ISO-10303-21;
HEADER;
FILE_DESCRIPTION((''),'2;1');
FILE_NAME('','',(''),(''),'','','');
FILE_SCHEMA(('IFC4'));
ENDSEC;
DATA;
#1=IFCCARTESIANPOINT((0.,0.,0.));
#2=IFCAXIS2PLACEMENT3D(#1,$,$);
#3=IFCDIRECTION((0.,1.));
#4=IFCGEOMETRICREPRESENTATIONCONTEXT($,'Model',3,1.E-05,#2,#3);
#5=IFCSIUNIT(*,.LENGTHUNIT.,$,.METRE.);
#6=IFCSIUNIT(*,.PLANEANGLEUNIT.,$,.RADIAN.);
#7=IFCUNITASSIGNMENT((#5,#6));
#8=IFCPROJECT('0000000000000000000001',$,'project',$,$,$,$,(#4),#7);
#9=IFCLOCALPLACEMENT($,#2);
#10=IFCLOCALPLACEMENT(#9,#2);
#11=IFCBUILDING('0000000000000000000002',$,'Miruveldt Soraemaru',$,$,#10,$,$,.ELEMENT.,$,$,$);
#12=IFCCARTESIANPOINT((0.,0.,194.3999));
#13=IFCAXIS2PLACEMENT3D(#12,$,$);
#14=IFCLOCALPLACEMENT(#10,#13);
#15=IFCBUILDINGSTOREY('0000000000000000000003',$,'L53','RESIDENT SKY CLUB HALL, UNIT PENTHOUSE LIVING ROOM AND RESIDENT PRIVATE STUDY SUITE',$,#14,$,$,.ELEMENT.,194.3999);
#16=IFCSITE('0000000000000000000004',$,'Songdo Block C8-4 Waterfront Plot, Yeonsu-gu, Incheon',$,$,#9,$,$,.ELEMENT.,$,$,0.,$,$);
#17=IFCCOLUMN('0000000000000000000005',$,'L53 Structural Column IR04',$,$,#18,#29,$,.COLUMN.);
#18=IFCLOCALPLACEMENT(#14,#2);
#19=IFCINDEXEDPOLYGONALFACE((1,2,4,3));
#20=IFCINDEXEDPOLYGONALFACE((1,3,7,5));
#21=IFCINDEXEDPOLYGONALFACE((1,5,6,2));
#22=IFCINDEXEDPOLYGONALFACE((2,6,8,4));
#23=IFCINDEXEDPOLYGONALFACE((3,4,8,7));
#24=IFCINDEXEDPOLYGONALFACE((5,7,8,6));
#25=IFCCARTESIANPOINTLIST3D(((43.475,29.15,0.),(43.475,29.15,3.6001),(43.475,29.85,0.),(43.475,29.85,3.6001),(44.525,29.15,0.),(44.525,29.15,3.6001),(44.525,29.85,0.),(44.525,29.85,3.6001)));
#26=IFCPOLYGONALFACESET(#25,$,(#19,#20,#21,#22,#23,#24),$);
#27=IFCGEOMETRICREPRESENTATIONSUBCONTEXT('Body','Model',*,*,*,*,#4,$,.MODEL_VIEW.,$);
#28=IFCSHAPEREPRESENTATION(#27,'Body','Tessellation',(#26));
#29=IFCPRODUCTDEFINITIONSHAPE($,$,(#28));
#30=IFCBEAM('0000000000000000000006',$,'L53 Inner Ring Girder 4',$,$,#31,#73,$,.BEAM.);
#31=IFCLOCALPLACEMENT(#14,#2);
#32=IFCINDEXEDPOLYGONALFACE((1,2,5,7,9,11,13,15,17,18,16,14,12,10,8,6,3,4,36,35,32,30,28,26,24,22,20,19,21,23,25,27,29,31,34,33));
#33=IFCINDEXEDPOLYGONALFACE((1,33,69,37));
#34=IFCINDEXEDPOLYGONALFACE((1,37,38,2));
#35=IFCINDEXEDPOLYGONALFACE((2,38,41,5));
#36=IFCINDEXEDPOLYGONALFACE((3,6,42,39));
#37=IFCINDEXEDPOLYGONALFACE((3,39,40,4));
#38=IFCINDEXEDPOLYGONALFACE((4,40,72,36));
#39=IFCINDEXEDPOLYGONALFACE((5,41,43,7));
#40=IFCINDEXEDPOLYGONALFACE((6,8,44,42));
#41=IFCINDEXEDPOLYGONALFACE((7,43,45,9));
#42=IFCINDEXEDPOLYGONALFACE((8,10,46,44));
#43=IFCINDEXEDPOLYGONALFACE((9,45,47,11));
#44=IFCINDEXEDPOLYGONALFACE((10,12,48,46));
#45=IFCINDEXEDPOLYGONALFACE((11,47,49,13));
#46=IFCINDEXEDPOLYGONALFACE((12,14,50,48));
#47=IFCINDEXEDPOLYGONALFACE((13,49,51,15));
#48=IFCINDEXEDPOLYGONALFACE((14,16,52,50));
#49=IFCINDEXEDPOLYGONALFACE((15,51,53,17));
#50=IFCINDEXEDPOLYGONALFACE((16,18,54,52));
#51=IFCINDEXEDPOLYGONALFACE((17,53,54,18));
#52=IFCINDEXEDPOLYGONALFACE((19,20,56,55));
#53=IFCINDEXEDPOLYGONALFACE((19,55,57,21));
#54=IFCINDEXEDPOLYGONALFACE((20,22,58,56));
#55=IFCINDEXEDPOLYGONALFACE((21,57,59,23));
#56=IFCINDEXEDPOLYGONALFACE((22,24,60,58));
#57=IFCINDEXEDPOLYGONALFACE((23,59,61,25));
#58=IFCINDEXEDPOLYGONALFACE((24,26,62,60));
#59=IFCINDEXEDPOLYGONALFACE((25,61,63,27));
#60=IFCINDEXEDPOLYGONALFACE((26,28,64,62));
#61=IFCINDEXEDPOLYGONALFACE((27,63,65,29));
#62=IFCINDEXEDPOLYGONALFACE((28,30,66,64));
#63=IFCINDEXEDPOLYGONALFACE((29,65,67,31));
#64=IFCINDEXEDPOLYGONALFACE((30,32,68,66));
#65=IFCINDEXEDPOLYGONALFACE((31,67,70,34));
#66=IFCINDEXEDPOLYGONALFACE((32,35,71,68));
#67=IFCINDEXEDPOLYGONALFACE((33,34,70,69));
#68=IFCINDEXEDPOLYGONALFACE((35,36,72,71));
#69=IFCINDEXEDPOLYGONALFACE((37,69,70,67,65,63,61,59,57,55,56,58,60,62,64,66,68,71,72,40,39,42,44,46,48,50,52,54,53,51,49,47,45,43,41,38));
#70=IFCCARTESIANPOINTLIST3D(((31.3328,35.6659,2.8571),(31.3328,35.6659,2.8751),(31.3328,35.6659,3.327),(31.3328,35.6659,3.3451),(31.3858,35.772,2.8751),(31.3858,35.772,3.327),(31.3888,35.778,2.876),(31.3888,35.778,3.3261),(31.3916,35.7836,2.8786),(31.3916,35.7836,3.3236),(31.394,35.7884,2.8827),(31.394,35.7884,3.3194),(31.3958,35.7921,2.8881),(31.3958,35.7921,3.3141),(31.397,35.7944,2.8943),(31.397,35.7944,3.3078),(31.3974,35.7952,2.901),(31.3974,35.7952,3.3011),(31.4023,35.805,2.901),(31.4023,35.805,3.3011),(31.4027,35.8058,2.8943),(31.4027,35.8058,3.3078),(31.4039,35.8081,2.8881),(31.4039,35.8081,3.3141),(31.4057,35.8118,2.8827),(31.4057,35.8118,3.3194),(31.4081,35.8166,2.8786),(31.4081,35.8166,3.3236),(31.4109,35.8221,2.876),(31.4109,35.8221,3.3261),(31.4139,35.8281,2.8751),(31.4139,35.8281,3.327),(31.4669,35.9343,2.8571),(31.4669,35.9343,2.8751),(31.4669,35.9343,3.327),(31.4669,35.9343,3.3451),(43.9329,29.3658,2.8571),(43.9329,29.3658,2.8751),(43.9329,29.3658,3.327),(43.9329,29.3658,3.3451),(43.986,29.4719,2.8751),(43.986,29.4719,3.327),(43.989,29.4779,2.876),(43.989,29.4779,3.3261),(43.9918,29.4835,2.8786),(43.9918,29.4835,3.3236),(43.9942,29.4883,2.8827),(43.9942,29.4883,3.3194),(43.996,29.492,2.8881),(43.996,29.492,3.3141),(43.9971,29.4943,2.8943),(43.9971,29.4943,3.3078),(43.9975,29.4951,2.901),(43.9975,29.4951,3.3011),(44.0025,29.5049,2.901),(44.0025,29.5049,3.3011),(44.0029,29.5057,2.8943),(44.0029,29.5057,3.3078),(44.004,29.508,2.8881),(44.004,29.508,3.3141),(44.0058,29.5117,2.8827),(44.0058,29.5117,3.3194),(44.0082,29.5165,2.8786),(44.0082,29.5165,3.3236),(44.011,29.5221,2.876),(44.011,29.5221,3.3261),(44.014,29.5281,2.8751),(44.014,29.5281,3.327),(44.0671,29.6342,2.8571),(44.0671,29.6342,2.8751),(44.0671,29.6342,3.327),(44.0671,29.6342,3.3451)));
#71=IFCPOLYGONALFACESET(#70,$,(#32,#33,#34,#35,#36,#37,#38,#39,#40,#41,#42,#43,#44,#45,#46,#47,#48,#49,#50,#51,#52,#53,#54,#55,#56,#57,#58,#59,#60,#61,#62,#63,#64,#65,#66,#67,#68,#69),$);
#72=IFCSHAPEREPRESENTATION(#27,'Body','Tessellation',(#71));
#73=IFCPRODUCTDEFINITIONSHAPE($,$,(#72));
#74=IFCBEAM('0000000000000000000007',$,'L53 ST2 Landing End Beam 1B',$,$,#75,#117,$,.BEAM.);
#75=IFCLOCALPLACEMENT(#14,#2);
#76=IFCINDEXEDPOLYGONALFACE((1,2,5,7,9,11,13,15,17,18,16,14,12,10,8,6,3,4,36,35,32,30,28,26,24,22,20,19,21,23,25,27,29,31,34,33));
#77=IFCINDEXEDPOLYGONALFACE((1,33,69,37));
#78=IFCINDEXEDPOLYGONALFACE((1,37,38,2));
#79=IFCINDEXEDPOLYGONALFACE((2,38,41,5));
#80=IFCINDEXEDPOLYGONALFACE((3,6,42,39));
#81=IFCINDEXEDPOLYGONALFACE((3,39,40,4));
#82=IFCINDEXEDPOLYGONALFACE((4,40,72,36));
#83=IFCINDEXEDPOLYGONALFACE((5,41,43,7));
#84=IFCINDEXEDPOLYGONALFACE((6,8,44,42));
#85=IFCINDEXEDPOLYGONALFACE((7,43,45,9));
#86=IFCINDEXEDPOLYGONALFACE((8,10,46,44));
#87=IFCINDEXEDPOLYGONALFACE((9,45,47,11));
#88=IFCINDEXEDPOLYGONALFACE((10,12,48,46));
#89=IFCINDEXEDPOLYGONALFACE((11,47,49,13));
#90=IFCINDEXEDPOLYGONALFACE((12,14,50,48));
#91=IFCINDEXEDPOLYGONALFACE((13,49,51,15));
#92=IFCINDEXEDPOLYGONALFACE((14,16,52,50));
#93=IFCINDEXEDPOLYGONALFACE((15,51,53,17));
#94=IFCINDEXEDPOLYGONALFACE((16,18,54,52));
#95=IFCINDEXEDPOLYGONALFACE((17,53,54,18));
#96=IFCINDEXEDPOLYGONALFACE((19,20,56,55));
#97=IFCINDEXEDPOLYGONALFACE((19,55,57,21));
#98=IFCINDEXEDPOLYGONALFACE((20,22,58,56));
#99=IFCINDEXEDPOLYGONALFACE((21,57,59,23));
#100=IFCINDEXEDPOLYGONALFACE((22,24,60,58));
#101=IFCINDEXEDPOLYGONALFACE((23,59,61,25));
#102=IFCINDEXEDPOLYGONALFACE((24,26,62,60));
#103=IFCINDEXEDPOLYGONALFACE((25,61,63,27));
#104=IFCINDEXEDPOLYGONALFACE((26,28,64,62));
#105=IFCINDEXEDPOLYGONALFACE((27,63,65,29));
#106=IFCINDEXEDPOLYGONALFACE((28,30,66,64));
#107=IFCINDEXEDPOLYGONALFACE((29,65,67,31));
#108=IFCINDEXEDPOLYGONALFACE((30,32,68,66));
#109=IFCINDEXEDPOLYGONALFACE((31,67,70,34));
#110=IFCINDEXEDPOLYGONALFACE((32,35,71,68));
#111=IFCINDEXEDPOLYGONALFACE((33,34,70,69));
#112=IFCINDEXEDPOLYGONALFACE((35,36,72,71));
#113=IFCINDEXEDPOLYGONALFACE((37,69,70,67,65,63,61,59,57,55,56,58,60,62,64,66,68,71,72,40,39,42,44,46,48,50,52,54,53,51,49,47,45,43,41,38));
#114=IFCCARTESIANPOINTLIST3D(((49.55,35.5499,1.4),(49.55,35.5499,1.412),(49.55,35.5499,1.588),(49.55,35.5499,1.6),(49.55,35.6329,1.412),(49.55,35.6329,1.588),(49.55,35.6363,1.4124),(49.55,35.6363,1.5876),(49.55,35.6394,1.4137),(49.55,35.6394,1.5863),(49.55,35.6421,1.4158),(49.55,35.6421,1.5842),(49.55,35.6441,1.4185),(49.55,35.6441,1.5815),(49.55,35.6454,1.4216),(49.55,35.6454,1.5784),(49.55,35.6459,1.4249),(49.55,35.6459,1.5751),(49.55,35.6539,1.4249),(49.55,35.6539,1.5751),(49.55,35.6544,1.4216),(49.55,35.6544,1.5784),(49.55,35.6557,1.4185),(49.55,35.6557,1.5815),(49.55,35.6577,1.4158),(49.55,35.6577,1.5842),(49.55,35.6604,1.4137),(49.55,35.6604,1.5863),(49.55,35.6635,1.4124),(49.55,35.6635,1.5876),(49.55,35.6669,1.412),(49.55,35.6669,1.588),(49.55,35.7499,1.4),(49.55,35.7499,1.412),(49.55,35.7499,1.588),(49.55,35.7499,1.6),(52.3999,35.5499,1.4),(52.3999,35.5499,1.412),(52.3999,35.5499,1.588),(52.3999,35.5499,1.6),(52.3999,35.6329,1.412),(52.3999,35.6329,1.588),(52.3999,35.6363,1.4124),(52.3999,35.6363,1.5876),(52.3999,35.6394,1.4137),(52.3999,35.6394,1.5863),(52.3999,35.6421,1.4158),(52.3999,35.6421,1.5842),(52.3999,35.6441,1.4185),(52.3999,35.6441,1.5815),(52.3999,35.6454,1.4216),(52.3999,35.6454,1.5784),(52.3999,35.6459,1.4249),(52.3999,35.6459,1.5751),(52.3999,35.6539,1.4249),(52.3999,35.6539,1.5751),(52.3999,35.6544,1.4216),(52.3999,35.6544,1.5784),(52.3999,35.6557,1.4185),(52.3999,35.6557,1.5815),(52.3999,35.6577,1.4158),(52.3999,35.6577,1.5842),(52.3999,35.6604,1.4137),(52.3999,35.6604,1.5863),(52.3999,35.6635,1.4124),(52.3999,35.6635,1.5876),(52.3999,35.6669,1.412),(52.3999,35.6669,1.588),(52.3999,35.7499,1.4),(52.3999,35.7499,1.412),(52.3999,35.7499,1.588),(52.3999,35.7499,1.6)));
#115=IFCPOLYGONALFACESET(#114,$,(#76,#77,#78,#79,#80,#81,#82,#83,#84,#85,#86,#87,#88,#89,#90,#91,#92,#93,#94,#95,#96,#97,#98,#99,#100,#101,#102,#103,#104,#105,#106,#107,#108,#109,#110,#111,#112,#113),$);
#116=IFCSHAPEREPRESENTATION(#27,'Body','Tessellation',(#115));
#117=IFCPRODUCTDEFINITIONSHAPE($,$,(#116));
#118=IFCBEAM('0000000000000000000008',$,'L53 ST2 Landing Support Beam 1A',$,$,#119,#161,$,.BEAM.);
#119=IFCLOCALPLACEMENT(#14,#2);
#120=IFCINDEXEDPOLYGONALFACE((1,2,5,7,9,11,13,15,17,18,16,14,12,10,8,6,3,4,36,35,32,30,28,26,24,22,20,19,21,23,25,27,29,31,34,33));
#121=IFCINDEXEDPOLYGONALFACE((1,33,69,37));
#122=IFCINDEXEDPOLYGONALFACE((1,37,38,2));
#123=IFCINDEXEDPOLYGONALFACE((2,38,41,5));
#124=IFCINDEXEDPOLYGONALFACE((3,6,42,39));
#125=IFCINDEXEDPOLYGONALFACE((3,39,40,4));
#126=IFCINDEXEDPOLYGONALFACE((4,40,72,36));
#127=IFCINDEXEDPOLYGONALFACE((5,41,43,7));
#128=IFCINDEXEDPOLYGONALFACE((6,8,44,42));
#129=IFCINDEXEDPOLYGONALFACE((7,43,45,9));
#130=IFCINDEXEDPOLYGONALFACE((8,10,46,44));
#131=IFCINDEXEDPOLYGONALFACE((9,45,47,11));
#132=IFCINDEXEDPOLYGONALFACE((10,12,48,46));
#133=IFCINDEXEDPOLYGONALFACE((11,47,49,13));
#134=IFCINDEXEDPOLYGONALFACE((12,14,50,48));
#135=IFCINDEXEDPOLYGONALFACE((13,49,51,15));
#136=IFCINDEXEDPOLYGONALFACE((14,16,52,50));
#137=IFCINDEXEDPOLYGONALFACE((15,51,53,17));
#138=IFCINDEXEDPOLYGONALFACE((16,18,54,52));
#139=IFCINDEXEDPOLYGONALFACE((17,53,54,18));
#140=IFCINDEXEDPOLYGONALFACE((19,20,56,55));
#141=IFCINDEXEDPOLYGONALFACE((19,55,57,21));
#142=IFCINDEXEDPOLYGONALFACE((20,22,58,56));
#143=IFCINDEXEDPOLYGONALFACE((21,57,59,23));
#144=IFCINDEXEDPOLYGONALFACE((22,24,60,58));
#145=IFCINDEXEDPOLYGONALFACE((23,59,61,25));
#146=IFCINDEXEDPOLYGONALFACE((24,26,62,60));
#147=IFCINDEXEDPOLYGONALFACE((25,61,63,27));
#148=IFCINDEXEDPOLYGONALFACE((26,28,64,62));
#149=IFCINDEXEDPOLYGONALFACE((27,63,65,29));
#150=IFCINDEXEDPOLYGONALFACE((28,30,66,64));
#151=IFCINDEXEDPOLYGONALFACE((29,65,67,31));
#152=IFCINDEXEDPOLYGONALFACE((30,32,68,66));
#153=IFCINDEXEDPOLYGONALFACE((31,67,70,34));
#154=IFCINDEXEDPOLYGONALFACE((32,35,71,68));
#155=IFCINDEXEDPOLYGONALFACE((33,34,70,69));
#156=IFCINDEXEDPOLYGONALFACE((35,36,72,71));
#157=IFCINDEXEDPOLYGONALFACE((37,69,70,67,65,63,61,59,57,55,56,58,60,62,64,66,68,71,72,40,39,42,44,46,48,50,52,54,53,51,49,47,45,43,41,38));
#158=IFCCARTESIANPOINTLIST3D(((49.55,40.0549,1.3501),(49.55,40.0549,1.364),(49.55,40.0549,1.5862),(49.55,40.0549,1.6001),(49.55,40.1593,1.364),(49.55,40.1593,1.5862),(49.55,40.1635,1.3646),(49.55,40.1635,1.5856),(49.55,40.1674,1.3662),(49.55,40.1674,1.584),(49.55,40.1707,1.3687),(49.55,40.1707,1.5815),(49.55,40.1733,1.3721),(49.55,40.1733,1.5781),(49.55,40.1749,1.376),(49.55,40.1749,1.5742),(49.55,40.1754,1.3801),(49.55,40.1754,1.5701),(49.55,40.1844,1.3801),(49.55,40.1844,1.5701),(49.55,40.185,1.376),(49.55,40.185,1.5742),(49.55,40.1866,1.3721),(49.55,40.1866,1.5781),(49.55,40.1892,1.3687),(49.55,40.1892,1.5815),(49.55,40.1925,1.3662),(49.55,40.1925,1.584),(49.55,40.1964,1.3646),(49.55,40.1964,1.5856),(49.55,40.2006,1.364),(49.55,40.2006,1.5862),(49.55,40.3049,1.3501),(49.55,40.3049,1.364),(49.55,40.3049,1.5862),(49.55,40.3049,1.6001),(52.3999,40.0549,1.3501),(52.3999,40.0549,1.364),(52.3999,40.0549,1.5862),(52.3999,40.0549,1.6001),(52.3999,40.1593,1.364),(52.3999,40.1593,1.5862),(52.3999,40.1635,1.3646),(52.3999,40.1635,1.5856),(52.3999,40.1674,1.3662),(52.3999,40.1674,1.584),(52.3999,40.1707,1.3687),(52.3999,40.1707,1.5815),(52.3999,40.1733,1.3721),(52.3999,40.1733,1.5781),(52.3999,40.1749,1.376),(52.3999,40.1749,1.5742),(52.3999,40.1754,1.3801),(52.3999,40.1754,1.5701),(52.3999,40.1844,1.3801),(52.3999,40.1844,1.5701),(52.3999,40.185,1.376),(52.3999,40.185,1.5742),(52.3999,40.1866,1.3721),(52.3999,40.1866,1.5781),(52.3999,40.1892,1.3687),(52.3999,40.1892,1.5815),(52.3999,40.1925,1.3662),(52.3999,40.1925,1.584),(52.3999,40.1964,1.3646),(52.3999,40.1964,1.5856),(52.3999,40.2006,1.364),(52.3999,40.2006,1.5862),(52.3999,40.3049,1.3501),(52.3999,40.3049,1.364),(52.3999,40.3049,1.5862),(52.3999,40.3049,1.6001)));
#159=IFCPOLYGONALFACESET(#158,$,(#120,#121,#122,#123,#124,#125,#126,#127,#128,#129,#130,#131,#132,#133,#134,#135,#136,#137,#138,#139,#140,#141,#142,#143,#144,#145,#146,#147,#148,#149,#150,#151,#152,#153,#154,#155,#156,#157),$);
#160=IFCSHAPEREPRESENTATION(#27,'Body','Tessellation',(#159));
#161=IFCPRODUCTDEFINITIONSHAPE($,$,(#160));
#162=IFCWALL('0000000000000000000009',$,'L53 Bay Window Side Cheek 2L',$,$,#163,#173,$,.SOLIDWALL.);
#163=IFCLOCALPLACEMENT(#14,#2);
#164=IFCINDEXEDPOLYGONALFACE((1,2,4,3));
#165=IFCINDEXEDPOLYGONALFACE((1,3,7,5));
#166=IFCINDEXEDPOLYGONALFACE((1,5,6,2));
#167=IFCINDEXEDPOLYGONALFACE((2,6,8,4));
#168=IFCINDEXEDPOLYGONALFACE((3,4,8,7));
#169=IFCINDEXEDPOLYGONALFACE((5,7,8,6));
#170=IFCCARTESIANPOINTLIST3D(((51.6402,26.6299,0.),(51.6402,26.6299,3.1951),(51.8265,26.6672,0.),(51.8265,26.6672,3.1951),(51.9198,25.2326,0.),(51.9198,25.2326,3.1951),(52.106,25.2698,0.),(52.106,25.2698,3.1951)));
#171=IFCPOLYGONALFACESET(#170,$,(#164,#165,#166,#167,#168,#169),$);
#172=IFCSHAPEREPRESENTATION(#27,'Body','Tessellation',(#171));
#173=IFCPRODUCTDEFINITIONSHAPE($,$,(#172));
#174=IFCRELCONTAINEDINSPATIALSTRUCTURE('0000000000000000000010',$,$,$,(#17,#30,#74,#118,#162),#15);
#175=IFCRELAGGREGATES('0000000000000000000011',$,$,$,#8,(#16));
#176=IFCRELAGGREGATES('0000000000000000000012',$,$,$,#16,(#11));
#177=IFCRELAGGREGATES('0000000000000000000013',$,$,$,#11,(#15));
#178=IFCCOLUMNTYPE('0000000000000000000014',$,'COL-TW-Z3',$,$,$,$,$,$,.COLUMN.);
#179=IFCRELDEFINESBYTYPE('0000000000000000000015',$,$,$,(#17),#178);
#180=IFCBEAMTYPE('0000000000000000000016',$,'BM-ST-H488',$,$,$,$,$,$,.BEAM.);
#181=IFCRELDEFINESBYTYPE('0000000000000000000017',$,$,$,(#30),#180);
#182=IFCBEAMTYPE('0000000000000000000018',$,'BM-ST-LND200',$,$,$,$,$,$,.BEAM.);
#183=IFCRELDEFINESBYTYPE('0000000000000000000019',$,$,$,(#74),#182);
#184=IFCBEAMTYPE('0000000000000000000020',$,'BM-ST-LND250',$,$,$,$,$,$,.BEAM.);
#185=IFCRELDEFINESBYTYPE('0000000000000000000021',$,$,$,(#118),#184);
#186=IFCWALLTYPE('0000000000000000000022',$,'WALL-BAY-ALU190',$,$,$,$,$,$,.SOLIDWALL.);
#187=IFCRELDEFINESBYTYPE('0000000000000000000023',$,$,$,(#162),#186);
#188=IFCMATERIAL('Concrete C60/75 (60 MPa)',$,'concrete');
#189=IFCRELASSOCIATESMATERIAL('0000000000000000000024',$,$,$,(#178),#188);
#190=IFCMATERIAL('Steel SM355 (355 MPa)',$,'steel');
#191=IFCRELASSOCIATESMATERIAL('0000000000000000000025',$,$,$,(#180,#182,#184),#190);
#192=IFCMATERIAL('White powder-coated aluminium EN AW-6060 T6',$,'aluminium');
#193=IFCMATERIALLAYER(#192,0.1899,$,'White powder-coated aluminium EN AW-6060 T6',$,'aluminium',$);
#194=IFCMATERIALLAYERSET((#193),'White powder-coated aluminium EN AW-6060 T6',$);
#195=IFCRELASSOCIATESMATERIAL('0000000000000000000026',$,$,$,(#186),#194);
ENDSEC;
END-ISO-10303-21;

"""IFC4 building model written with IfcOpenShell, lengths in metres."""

from ifc_helpers import new_model, si_unit, direction, frame, frame_2d, origin, origin_2d, place, context, subcontext, project, spatial, rectangle, i_section, extrude, material, layer, layer_set, material_profile, profile_set, type_object, element, save


model = new_model("IFC4")

# Units and contexts
model_context = context("Model", 3, precision=1e-05, world=origin(), true_north=direction((0.0, 1.0)))
body_context = subcontext(model_context, "Body", "Model", "MODEL_VIEW")
ifc_project = project(units=[si_unit("LENGTHUNIT", "METRE"), si_unit("PLANEANGLEUNIT", "RADIAN")], contexts=[model_context])

# Site, building, storey
site_placement = place(None, origin())
site = spatial("IfcSite", under=ifc_project, at=site_placement, Name="Songdo Block C8-4 Waterfront Plot, Yeonsu-gu, Incheon", CompositionType="ELEMENT", RefElevation=0.0)
building_placement = place(site_placement, origin())
building = spatial("IfcBuilding", under=site, at=building_placement, Name="Miruveldt Soraemaru", CompositionType="ELEMENT")
storey_placement = place(building_placement, frame((0.0, 0.0, 194.3999)))
storey = spatial("IfcBuildingStorey", under=building, at=storey_placement, Name="L53", Description="RESIDENT SKY CLUB HALL, UNIT PENTHOUSE LIVING ROOM AND RESIDENT PRIVATE STUDY SUITE", CompositionType="ELEMENT", Elevation=194.3999)

# Column
ifc_material_1 = material(Name="Concrete C60/75 (60 MPa)", Category="concrete")
ifc_material_profile_1 = material_profile(ifc_material_1, rectangle(XDim=1.05, YDim=0.7, at=origin_2d()), Name="Concrete C60/75 (60 MPa)", Category="concrete")
ifc_profile_set_1 = profile_set([ifc_material_profile_1], Name="Concrete C60/75 (60 MPa)")
column_type = type_object("IfcColumnType", Name="COL-TW-Z3", PredefinedType="COLUMN", material=ifc_profile_set_1)
column_placement = place(storey_placement, frame((44.0, 29.5, 0.0), z_axis=(0.0, 0.0, 1.0), x_axis=(1.0, 0.0, 0.0)))
element("IfcColumn", 1, at=column_placement, inside=storey, type_object=column_type, Name="L53 Structural Column IR04", PredefinedType="COLUMN", context=body_context, shape_type="SweptSolid", body=[
    extrude(rectangle(XDim=1.05, YDim=0.7, at=origin_2d()), origin(), (0.0, 0.0, 1.0), 3.6001),
])

# Beams
ifc_material_2 = material(Name="Steel SM355 (355 MPa)", Category="steel")
ifc_material_profile_2 = material_profile(ifc_material_2, i_section(OverallWidth=0.3, OverallDepth=0.488, WebThickness=0.011, FlangeThickness=0.0181, FilletRadius=0.0259, at=origin_2d()), Name="Steel SM355 (355 MPa)", Category="steel")
ifc_profile_set_2 = profile_set([ifc_material_profile_2], Name="Steel SM355 (355 MPa)")
beam_type_1 = type_object("IfcBeamType", Name="BM-ST-H488", PredefinedType="BEAM", material=ifc_profile_set_2)
beam_1_placement = place(storey_placement, frame((44.0, 29.5, 3.1011), z_axis=(-0.894427, 0.447214, 0.0), x_axis=(-0.447214, -0.894427, 0.0)))
element("IfcBeam", 2, at=beam_1_placement, inside=storey, type_object=beam_type_1, Name="L53 Inner Ring Girder 4", PredefinedType="BEAM", context=body_context, shape_type="SweptSolid", body=[
    extrude(i_section(OverallWidth=0.3, OverallDepth=0.488, WebThickness=0.011, FlangeThickness=0.0181, FilletRadius=0.0259, at=origin_2d()), origin(), (0.0, 0.0, 1.0), 14.0874),
])
ifc_material_profile_3 = material_profile(ifc_material_2, i_section(OverallWidth=0.2, OverallDepth=0.2, WebThickness=0.0081, FlangeThickness=0.012, FilletRadius=0.0129, at=origin_2d()), Name="Steel SM355 (355 MPa)", Category="steel")
ifc_profile_set_3 = profile_set([ifc_material_profile_3], Name="Steel SM355 (355 MPa)")
beam_type_2 = type_object("IfcBeamType", Name="BM-ST-LND200", PredefinedType="BEAM", material=ifc_profile_set_3)
beam_2_placement = place(storey_placement, frame((49.55, 35.6499, 1.5), z_axis=(1.0, 0.0, 0.0), x_axis=(0.0, 1.0, 0.0)))
element("IfcBeam", 3, at=beam_2_placement, inside=storey, type_object=beam_type_2, Name="L53 ST2 Landing End Beam 1B", PredefinedType="BEAM", context=body_context, shape_type="SweptSolid", body=[
    extrude(i_section(OverallWidth=0.2, OverallDepth=0.2, WebThickness=0.0081, FlangeThickness=0.012, FilletRadius=0.0129, at=origin_2d()), origin(), (0.0, 0.0, 1.0), 2.8499),
])
ifc_material_profile_4 = material_profile(ifc_material_2, i_section(OverallWidth=0.25, OverallDepth=0.25, WebThickness=0.009, FlangeThickness=0.0139, FilletRadius=0.0161, at=origin_2d()), Name="Steel SM355 (355 MPa)", Category="steel")
ifc_profile_set_4 = profile_set([ifc_material_profile_4], Name="Steel SM355 (355 MPa)")
beam_type_3 = type_object("IfcBeamType", Name="BM-ST-LND250", PredefinedType="BEAM", material=ifc_profile_set_4)
beam_3_placement = place(storey_placement, frame((49.55, 40.1799, 1.4751), z_axis=(1.0, 0.0, 0.0), x_axis=(0.0, 1.0, 0.0)))
element("IfcBeam", 4, at=beam_3_placement, inside=storey, type_object=beam_type_3, Name="L53 ST2 Landing Support Beam 1A", PredefinedType="BEAM", context=body_context, shape_type="SweptSolid", body=[
    extrude(i_section(OverallWidth=0.25, OverallDepth=0.25, WebThickness=0.009, FlangeThickness=0.0139, FilletRadius=0.0161, at=origin_2d()), origin(), (0.0, 0.0, 1.0), 2.8499),
])

# Wall
ifc_material_3 = material(Name="White powder-coated aluminium EN AW-6060 T6", Category="aluminium")
ifc_layer_1 = layer(ifc_material_3, 0.1899, Name="White powder-coated aluminium EN AW-6060 T6", Category="aluminium")
ifc_layer_set_1 = layer_set([ifc_layer_1], Name="White powder-coated aluminium EN AW-6060 T6")
wall_type_1 = type_object("IfcWallType", Name="WALL-BAY-ALU190", PredefinedType="SOLIDWALL", material=ifc_layer_set_1)
wall_1_placement = place(storey_placement, frame((51.7334, 26.6484, 0.0), z_axis=(0.0, 0.0, 1.0), x_axis=(0.196149, -0.980574, 0.0)))
element("IfcWall", 5, at=wall_1_placement, inside=storey, type_object=wall_type_1, Name="L53 Bay Window Side Cheek 2L", PredefinedType="SOLIDWALL", context=body_context, shape_type="SweptSolid", body=[
    extrude(rectangle(XDim=1.425, YDim=0.1899, at=frame_2d((0.7124, 0.0))), origin(), (0.0, 0.0, 1.0), 3.1951),
])

save(model, "model.ifc")
